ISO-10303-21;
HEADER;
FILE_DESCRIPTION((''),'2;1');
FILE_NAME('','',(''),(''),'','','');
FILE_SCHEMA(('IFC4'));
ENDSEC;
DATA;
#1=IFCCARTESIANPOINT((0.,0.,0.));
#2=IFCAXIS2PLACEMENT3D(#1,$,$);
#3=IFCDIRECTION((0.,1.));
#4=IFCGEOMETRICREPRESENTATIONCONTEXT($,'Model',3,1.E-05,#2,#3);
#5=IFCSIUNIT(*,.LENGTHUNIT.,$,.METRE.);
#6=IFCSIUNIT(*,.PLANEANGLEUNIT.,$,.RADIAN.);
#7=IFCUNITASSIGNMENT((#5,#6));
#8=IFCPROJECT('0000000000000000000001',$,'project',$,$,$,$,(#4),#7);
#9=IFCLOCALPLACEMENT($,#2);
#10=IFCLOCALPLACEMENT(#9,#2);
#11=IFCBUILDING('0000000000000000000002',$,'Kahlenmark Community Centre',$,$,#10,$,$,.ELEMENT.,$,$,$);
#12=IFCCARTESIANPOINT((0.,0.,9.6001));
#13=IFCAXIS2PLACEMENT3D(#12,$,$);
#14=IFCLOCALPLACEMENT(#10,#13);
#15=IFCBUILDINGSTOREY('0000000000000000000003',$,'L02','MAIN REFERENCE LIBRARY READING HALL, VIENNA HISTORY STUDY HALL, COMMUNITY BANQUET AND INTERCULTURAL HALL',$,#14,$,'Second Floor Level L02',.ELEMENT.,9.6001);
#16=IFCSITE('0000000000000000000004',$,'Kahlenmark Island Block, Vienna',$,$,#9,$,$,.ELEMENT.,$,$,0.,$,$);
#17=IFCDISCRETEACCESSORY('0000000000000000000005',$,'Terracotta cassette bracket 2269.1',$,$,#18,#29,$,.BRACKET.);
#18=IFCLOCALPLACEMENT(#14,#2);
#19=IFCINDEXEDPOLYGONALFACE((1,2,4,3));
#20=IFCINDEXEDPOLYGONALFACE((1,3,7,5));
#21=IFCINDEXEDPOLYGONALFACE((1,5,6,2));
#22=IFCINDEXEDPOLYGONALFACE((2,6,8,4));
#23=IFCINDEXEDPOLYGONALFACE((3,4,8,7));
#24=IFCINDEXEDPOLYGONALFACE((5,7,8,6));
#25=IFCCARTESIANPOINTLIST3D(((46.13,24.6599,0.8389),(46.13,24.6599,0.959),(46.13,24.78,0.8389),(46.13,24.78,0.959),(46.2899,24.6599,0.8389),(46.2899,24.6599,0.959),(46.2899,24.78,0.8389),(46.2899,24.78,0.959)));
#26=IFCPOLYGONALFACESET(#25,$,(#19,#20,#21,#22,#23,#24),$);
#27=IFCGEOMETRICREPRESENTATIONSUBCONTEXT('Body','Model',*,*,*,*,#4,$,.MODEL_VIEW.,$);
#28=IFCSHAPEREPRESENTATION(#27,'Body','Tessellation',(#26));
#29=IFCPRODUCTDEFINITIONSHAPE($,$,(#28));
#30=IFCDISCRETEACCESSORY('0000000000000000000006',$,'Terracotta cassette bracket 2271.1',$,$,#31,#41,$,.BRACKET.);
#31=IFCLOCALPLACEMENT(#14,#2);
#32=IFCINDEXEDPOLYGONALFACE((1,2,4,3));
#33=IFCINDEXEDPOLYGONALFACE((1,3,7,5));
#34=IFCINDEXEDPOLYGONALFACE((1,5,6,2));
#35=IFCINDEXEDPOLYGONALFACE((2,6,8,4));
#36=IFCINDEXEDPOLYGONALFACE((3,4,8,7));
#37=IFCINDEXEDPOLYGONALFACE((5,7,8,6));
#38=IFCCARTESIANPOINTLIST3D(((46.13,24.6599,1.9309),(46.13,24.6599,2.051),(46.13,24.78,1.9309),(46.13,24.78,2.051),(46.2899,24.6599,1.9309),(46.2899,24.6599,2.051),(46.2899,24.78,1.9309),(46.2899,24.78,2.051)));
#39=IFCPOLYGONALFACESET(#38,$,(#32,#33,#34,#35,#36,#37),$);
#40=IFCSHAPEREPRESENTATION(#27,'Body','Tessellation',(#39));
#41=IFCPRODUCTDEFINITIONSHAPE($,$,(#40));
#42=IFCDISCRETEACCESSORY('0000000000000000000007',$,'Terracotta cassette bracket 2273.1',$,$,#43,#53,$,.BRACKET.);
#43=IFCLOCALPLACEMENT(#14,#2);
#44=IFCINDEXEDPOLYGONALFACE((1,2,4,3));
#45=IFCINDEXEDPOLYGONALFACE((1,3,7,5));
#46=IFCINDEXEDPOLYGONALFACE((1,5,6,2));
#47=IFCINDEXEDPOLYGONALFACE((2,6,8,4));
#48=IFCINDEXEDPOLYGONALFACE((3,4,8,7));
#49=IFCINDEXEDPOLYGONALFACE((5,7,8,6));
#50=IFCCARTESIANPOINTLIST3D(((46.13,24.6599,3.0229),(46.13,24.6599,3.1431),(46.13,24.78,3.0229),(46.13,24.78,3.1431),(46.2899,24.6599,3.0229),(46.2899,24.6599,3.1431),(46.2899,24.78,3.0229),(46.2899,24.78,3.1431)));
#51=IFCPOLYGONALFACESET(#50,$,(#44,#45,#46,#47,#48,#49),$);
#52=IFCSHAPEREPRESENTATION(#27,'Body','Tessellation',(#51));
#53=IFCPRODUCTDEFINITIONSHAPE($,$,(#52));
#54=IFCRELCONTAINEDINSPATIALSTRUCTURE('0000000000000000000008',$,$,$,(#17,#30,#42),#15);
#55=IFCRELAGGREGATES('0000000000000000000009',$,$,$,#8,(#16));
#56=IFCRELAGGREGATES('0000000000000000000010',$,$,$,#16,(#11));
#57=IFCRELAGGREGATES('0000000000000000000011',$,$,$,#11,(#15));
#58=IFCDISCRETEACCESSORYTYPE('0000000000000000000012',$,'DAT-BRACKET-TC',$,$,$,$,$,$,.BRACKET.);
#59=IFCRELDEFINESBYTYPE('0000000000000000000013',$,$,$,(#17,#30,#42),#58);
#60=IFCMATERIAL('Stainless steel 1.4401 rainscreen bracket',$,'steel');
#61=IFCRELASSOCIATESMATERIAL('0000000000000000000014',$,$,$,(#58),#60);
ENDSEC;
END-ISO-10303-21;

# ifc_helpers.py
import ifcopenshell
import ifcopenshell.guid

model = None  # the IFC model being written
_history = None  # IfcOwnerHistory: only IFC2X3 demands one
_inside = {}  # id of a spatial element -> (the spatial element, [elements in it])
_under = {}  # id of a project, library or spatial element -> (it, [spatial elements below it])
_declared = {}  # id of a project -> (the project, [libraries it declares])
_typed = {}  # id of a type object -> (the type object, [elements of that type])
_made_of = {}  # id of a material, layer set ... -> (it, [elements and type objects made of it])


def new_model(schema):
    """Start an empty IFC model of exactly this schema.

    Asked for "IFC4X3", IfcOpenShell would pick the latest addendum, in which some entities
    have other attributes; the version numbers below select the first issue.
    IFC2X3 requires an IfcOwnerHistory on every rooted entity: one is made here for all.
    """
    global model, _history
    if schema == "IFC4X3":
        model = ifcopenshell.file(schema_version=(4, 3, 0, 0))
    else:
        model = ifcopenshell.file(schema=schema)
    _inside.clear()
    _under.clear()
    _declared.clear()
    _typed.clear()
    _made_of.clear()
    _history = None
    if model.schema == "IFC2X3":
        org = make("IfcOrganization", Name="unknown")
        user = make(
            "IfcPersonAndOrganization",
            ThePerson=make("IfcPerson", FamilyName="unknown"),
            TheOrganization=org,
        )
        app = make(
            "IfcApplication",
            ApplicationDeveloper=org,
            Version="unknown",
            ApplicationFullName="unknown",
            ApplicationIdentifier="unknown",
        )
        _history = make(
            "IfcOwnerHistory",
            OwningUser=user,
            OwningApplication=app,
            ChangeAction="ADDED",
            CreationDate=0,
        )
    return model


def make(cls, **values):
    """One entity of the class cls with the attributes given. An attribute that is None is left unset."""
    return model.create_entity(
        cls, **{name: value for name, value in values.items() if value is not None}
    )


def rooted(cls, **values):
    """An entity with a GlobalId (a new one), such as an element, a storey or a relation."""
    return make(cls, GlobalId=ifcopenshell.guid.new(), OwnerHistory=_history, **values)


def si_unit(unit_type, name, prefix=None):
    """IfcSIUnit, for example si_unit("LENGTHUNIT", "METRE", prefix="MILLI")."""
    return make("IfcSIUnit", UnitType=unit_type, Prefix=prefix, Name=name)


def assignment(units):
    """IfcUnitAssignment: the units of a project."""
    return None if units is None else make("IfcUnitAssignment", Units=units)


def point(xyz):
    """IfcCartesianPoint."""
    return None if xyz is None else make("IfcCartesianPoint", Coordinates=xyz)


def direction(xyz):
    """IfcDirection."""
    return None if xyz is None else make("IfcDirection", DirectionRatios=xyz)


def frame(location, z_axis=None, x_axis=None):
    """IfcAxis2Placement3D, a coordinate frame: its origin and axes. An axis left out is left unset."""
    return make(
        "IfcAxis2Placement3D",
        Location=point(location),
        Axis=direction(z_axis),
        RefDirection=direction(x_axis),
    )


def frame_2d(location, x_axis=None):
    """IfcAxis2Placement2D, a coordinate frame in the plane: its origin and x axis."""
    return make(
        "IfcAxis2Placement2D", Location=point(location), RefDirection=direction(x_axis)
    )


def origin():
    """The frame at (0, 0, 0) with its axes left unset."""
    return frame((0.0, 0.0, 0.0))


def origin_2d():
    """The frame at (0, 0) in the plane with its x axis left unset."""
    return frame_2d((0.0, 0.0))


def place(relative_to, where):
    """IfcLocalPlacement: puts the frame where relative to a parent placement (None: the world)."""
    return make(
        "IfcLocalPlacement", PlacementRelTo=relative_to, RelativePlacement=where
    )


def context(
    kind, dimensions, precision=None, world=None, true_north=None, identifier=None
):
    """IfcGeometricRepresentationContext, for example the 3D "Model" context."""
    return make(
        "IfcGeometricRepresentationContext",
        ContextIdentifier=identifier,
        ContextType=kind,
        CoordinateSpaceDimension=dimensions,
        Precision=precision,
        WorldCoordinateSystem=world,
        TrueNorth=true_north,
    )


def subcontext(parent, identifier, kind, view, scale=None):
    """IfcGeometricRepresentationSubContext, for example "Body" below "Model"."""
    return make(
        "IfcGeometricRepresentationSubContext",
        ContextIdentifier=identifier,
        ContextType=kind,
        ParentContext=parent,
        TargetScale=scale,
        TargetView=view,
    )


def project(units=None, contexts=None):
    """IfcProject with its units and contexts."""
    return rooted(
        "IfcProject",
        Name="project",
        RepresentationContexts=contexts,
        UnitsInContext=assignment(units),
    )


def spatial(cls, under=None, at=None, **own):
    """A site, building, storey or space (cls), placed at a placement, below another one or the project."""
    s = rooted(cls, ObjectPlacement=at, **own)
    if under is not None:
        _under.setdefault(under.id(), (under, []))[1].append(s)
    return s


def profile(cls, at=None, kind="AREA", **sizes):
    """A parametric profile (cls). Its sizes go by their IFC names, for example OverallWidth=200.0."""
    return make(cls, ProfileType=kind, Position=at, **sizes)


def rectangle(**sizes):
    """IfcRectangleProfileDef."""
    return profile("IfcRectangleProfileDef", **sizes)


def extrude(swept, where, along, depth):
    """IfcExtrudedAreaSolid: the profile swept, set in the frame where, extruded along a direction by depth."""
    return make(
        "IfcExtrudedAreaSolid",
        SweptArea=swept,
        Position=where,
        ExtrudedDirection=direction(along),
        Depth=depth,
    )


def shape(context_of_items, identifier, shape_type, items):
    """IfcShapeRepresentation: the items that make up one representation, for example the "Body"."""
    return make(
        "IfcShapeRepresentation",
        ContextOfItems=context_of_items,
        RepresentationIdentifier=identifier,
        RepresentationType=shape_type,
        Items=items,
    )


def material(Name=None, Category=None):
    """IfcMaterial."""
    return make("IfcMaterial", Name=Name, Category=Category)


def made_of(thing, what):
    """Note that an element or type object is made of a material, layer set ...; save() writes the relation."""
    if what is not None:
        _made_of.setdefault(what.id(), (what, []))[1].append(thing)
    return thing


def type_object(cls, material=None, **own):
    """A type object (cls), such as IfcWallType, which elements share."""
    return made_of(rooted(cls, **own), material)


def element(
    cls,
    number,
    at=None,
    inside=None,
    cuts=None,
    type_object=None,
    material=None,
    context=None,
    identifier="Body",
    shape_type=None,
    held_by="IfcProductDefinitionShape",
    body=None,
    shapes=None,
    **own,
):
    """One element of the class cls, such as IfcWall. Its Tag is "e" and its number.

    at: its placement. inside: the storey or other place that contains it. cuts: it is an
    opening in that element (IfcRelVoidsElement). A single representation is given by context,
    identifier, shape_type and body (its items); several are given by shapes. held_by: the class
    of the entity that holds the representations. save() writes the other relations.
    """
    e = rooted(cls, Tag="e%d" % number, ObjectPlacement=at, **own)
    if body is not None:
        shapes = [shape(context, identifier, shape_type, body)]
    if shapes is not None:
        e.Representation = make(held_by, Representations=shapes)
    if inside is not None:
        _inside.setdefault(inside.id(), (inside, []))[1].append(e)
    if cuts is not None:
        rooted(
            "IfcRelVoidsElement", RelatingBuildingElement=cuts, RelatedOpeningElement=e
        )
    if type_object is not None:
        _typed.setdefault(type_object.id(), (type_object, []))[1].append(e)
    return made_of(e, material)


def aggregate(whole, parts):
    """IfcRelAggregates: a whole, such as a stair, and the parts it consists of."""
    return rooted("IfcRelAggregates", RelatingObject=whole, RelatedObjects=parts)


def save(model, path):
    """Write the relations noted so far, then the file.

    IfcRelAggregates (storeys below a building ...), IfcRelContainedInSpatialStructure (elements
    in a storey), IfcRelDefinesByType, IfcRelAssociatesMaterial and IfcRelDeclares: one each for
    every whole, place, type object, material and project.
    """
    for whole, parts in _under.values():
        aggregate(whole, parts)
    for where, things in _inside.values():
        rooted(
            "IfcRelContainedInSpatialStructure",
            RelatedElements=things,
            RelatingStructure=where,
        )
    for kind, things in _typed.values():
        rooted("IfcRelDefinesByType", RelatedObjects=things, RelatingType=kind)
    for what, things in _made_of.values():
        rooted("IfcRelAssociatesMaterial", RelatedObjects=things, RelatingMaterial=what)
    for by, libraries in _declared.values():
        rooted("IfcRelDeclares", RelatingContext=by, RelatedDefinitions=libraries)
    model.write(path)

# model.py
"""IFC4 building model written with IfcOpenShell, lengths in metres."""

from ifc_helpers import new_model, si_unit, direction, frame, origin, origin_2d, place, context, subcontext, project, spatial, rectangle, extrude, material, type_object, element, save


model = new_model("IFC4")

# Units and contexts
model_context = context("Model", 3, precision=1e-05, world=origin(), true_north=direction((0.0, 1.0)))
body_context = subcontext(model_context, "Body", "Model", "MODEL_VIEW")
ifc_project = project(units=[si_unit("LENGTHUNIT", "METRE"), si_unit("PLANEANGLEUNIT", "RADIAN")], contexts=[model_context])

# Site, building, storey
site_placement = place(None, origin())
site = spatial("IfcSite", under=ifc_project, at=site_placement, Name="Kahlenmark Island Block, Vienna", CompositionType="ELEMENT", RefElevation=0.0)
building_placement = place(site_placement, origin())
building = spatial("IfcBuilding", under=site, at=building_placement, Name="Kahlenmark Community Centre", CompositionType="ELEMENT")
storey_placement = place(building_placement, frame((0.0, 0.0, 9.6001)))
storey = spatial("IfcBuildingStorey", under=building, at=storey_placement, Name="L02", Description="MAIN REFERENCE LIBRARY READING HALL, VIENNA HISTORY STUDY HALL, COMMUNITY BANQUET AND INTERCULTURAL HALL", LongName="Second Floor Level L02", CompositionType="ELEMENT", Elevation=9.6001)

# Discrete accessories
ifc_material_1 = material(Name="Stainless steel 1.4401 rainscreen bracket", Category="steel")
discrete_accessory_type = type_object("IfcDiscreteAccessoryType", Name="DAT-BRACKET-TC", PredefinedType="BRACKET", material=ifc_material_1)
for number, where, z_axis, x_axis, name in (
    (1, (46.21, 24.72, 0.8389), (0.0, 0.0, 1.0), (0.0, 1.0, 0.0), "Terracotta cassette bracket 2269.1"),
    (2, (46.21, 24.72, 1.9309), (0.0, 0.0, 1.0), (0.0, 1.0, 0.0), "Terracotta cassette bracket 2271.1"),
    (3, (46.21, 24.72, 3.0229), (0.0, 0.0, 1.0), (0.0, 1.0, 0.0), "Terracotta cassette bracket 2273.1"),
):
    element("IfcDiscreteAccessory", number, at=place(storey_placement, frame(where, z_axis=z_axis, x_axis=x_axis)), inside=storey, type_object=discrete_accessory_type, Name=name, PredefinedType="BRACKET", context=body_context, shape_type="SweptSolid", body=[
        extrude(rectangle(XDim=0.1201, YDim=0.1599, at=origin_2d()), origin(), (0.0, 0.0, 1.0), 0.1201),
    ])

save(model, "model.ifc")
